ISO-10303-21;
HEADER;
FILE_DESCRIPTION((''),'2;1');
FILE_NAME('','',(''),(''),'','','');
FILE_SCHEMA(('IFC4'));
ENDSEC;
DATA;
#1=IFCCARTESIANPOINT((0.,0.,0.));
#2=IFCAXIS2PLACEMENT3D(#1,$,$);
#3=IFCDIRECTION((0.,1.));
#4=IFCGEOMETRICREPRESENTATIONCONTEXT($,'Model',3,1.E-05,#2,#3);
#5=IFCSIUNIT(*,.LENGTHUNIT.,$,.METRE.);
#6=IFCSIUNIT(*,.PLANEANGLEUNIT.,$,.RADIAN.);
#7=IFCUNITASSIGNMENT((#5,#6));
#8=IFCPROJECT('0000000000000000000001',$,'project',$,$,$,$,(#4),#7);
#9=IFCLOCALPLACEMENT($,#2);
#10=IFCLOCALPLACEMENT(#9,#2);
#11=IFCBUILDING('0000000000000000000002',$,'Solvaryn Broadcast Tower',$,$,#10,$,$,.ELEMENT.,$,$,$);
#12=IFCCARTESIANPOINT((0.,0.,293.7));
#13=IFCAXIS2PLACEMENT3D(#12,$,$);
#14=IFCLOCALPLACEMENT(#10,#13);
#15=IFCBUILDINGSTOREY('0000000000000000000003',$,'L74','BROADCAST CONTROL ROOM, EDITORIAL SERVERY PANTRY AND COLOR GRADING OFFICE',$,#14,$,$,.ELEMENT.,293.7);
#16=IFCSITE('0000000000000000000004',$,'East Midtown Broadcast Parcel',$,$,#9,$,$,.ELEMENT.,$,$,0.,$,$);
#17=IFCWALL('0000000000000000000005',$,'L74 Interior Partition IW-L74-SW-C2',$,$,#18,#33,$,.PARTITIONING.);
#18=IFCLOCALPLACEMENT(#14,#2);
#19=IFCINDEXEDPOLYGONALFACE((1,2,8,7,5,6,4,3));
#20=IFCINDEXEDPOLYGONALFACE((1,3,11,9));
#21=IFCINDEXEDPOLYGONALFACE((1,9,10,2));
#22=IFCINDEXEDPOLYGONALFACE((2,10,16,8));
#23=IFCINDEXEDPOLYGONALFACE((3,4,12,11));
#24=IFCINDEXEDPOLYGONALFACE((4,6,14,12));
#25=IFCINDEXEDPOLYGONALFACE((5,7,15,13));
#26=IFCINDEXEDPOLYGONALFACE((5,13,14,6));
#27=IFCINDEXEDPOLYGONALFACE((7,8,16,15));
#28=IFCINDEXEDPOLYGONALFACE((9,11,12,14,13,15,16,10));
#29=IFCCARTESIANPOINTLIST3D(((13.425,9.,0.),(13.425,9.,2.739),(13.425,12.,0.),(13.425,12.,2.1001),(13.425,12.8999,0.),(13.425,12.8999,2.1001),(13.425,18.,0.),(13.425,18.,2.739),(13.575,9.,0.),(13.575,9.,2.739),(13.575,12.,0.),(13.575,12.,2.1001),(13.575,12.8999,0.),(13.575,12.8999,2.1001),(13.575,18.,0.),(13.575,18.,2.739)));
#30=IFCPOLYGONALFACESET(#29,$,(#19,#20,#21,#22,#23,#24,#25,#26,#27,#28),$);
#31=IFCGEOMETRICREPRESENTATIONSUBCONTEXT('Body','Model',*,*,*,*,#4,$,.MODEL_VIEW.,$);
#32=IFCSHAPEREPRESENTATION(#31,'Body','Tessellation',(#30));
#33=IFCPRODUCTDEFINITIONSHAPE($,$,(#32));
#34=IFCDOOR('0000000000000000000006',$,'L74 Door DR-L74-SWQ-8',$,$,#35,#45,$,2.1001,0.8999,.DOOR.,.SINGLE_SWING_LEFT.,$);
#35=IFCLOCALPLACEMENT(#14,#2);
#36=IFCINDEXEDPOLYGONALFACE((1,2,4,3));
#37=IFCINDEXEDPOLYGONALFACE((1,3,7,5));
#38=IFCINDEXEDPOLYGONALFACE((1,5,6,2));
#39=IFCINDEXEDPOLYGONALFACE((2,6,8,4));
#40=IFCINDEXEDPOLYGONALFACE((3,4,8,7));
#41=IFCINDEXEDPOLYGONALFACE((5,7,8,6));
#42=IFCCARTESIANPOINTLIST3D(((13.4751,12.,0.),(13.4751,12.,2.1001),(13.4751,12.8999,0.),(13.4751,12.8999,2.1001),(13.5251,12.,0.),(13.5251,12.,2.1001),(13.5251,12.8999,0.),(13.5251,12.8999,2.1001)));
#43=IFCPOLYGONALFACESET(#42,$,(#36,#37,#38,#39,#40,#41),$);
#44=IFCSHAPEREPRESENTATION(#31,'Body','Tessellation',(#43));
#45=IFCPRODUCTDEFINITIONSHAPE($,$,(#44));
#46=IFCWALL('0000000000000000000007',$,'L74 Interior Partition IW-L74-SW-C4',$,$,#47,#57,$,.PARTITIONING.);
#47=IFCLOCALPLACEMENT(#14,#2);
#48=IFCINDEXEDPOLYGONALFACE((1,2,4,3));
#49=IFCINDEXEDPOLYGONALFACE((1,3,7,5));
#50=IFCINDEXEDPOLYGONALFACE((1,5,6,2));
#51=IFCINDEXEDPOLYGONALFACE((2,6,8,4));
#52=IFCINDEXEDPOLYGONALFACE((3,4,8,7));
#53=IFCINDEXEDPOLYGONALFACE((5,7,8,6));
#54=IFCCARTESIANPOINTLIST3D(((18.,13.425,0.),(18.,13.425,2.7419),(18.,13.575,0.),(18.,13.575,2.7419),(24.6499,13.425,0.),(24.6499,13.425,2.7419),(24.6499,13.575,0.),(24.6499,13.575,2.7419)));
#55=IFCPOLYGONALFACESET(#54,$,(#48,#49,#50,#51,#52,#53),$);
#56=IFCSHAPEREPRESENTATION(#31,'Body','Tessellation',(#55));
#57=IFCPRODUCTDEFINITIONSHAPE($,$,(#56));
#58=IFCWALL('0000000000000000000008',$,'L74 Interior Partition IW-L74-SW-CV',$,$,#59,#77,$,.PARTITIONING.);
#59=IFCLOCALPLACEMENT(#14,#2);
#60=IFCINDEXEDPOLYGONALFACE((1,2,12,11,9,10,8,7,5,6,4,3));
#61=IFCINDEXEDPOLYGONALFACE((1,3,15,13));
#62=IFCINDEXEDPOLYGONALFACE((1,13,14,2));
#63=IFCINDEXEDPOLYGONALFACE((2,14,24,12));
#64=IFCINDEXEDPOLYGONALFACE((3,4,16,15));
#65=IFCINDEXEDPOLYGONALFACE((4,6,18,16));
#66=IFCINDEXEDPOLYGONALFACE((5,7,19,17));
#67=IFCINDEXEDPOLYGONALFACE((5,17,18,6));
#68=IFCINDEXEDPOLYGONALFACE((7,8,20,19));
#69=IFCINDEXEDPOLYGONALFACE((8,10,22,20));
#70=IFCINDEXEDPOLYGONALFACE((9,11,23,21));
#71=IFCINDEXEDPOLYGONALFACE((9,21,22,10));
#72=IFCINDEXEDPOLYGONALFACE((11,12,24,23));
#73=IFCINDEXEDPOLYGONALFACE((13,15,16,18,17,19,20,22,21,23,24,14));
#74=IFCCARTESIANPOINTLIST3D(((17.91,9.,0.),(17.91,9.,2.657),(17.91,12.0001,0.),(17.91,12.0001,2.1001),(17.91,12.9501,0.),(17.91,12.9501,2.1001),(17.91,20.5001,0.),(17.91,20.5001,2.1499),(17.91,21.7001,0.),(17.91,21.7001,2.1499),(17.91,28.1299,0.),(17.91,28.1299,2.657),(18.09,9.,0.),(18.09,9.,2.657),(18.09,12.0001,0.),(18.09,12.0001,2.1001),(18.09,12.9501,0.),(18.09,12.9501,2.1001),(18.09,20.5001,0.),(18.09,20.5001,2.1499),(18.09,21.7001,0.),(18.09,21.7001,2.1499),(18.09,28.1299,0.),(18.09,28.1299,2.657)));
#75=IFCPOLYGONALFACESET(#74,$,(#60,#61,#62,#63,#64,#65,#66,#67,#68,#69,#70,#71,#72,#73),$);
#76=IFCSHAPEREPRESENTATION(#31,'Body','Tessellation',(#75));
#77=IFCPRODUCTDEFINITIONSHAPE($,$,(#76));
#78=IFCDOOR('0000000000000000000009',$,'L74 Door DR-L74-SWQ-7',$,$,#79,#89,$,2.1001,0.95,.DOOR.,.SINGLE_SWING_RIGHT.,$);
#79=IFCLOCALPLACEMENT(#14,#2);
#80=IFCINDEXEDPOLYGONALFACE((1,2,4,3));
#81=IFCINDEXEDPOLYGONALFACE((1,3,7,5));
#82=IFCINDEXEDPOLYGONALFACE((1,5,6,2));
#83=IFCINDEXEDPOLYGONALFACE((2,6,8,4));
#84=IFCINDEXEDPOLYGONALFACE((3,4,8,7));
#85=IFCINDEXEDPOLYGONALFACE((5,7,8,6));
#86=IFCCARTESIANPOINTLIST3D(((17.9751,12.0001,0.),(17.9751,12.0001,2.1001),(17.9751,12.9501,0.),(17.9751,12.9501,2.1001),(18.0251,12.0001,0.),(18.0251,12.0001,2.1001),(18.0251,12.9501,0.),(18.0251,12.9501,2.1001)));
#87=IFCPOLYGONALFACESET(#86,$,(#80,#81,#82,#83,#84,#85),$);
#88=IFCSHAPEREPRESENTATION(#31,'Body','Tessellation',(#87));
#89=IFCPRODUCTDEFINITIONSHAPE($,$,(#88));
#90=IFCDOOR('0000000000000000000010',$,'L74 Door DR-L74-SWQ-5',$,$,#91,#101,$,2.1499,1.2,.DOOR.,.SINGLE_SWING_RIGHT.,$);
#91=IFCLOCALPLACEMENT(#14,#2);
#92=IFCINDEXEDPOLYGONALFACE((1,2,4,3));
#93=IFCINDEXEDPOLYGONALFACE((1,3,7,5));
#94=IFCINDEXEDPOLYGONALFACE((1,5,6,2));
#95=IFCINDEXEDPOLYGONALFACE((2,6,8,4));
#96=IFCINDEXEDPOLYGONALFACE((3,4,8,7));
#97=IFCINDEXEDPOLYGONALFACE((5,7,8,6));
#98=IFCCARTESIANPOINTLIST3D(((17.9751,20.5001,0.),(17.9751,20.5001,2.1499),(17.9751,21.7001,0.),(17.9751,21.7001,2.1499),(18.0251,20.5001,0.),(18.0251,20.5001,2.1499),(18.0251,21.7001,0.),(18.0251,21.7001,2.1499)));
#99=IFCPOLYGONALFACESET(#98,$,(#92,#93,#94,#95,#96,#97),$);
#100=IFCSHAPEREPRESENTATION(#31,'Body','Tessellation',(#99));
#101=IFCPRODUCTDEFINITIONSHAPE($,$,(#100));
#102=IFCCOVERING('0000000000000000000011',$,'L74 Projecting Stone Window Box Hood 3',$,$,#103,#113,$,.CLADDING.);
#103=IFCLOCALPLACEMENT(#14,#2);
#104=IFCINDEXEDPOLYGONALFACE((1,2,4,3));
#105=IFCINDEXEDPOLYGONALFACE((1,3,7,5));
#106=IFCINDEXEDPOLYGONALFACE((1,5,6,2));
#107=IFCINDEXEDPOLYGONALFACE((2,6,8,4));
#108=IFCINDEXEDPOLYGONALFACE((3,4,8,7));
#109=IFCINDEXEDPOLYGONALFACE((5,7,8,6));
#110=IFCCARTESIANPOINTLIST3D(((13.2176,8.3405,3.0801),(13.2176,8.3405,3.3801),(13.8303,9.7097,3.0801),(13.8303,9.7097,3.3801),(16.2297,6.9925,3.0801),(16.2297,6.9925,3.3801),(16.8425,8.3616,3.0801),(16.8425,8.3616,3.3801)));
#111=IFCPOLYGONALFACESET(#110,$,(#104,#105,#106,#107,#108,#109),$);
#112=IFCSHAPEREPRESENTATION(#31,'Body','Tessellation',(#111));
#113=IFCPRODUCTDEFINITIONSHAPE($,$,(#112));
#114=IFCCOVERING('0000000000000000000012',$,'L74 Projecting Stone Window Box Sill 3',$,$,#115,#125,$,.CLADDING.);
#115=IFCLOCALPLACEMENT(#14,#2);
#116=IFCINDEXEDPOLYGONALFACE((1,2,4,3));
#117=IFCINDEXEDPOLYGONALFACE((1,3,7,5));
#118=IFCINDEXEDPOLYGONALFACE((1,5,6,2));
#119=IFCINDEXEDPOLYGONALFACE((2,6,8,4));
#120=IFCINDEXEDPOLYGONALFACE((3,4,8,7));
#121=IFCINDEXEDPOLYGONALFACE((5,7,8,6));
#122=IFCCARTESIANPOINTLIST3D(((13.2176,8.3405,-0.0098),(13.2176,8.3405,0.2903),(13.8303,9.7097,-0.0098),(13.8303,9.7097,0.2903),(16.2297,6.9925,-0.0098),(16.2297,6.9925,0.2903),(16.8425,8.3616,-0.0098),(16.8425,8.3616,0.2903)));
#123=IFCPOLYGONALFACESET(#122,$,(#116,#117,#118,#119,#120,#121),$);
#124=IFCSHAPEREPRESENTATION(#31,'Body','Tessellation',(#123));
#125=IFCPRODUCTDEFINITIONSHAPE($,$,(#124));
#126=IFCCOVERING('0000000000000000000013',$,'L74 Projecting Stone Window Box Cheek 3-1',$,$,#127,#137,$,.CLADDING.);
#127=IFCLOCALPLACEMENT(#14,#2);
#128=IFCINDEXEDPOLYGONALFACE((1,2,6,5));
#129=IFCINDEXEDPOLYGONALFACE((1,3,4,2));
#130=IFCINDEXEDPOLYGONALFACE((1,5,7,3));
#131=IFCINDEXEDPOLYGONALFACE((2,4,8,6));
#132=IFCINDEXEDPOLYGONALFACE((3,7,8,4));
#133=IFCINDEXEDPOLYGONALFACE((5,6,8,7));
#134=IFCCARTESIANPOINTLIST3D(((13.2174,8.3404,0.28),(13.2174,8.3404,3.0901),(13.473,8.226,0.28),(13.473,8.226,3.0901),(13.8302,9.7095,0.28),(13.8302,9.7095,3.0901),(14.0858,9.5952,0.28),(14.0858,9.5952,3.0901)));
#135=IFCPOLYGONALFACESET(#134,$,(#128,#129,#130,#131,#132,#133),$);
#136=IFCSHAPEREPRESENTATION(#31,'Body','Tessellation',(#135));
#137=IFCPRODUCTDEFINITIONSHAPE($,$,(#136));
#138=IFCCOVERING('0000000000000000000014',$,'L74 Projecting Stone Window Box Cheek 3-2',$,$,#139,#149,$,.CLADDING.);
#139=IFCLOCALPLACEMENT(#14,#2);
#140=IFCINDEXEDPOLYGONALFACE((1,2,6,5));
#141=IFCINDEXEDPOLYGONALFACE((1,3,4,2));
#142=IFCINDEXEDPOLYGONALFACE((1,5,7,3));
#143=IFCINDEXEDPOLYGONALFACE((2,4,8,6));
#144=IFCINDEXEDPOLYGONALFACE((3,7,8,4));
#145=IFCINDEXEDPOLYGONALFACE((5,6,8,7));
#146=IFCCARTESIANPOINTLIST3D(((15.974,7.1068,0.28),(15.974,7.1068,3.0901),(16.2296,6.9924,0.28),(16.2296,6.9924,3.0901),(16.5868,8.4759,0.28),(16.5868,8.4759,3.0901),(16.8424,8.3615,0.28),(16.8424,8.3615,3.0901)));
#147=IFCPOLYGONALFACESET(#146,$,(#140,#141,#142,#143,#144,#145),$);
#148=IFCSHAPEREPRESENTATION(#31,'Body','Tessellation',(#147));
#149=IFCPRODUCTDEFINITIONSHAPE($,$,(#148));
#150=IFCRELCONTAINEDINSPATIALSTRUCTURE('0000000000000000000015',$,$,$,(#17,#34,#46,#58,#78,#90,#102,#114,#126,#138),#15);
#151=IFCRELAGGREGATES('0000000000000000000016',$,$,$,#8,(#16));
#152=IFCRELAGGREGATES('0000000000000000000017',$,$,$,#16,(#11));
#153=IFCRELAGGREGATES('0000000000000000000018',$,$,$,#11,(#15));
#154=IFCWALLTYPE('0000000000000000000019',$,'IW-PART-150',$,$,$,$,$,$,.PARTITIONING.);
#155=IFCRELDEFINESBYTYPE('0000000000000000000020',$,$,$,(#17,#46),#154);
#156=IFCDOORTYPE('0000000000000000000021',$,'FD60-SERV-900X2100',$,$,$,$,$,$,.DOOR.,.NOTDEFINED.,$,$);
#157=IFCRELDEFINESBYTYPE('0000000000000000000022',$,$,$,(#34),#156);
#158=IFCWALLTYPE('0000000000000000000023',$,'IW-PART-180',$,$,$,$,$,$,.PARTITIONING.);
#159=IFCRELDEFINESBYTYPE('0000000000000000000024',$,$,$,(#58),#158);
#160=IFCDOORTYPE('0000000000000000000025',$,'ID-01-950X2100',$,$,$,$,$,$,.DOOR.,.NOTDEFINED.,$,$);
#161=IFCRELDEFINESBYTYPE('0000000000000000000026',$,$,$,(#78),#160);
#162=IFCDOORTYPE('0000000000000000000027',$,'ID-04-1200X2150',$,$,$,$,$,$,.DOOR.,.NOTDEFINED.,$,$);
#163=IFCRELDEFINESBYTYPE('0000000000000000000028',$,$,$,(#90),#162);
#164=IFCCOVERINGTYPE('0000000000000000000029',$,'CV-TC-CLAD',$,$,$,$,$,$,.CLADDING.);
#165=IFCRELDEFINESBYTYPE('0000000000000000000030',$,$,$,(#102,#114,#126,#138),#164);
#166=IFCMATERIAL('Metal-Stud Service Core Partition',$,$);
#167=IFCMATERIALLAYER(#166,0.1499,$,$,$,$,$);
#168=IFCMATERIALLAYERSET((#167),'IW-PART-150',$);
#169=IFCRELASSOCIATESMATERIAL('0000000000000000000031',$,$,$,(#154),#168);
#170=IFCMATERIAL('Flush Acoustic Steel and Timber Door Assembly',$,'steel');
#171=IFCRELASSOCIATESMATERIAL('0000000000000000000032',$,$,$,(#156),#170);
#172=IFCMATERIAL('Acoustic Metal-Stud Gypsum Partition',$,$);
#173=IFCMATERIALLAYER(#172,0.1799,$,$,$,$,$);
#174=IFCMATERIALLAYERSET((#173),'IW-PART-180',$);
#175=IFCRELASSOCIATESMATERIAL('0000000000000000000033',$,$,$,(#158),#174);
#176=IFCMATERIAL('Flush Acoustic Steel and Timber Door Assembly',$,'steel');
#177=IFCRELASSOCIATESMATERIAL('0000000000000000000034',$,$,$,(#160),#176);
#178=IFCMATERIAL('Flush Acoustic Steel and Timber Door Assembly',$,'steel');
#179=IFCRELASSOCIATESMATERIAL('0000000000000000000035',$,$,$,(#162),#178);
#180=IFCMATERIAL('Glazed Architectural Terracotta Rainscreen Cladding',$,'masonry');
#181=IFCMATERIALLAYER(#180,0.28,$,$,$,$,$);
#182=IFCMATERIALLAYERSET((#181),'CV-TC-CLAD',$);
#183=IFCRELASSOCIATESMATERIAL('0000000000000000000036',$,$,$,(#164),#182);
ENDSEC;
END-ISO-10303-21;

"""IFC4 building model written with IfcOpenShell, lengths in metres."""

from ifc_helpers import new_model, si_unit, direction, frame, frame_2d, origin, origin_2d, place, context, subcontext, project, spatial, rectangle, extrude, material, layer, layer_set, type_object, element, fill, save


model = new_model("IFC4")

# Units and contexts
model_context = context("Model", 3, precision=1e-05, world=origin(), true_north=direction((0.0, 1.0)))
body_context = subcontext(model_context, "Body", "Model", "MODEL_VIEW")
ifc_project = project(units=[si_unit("LENGTHUNIT", "METRE"), si_unit("PLANEANGLEUNIT", "RADIAN")], contexts=[model_context])

# Site, building, storey
site_placement = place(None, origin())
site = spatial("IfcSite", under=ifc_project, at=site_placement, Name="East Midtown Broadcast Parcel", CompositionType="ELEMENT", RefElevation=0.0)
building_placement = place(site_placement, origin())
building = spatial("IfcBuilding", under=site, at=building_placement, Name="Solvaryn Broadcast Tower", CompositionType="ELEMENT")
storey_placement = place(building_placement, frame((0.0, 0.0, 293.7)))
storey = spatial("IfcBuildingStorey", under=building, at=storey_placement, Name="L74", Description="BROADCAST CONTROL ROOM, EDITORIAL SERVERY PANTRY AND COLOR GRADING OFFICE", CompositionType="ELEMENT", Elevation=293.7)

# Wall, opening, door
ifc_material_1 = material(Name="Metal-Stud Service Core Partition")
ifc_layer_1 = layer(ifc_material_1, 0.1499)
ifc_layer_set_1 = layer_set([ifc_layer_1], Name="IW-PART-150")
wall_type_1 = type_object("IfcWallType", Name="IW-PART-150", PredefinedType="PARTITIONING", material=ifc_layer_set_1)
wall_1_placement = place(storey_placement, frame((13.5, 9.0, 0.0), z_axis=(0.0, 0.0, 1.0), x_axis=(0.0, 1.0, 0.0)))
wall_1 = element("IfcWall", 1, at=wall_1_placement, inside=storey, type_object=wall_type_1, Name="L74 Interior Partition IW-L74-SW-C2", PredefinedType="PARTITIONING", context=body_context, shape_type="SweptSolid", body=[
    extrude(rectangle(XDim=9.0, YDim=0.1499, at=frame_2d((4.5, 0.0))), origin(), (0.0, 0.0, 1.0), 2.739),
])
opening_1_placement = place(wall_1_placement, frame((3.0, 0.0, 0.0)))
opening_1 = element("IfcOpeningElement", 2, at=opening_1_placement, cuts=wall_1, PredefinedType="OPENING", context=body_context, shape_type="SweptSolid", body=[
    extrude(rectangle(XDim=0.8999, YDim=2.1001, at=frame_2d((0.45, 1.05))), frame((0.0, 0.085, 0.0), z_axis=(0.0, -1.0, 0.0), x_axis=(1.0, 0.0, 0.0)), (0.0, 0.0, 1.0), 0.1699),
])
ifc_material_2 = material(Name="Flush Acoustic Steel and Timber Door Assembly", Category="steel")
door_type_1 = type_object("IfcDoorType", Name="FD60-SERV-900X2100", OperationType="NOTDEFINED", PredefinedType="DOOR", material=ifc_material_2)
door_1_placement = place(opening_1_placement, origin())
door_1 = element("IfcDoor", 3, at=door_1_placement, inside=storey, type_object=door_type_1, Name="L74 Door DR-L74-SWQ-8", OperationType="SINGLE_SWING_LEFT", OverallHeight=2.1001, OverallWidth=0.8999, PredefinedType="DOOR", context=body_context, shape_type="SweptSolid", body=[
    extrude(rectangle(XDim=0.8999, YDim=2.1001, at=frame_2d((0.45, 1.05))), frame((0.0, 0.0249, 0.0), z_axis=(0.0, -1.0, 0.0), x_axis=(1.0, 0.0, 0.0)), (0.0, 0.0, 1.0), 0.05),
])
fill(opening_1, door_1)

# Wall
wall_2_placement = place(storey_placement, frame((18.0, 13.5, 0.0), z_axis=(0.0, 0.0, 1.0), x_axis=(1.0, 0.0, 0.0)))
element("IfcWall", 4, at=wall_2_placement, inside=storey, type_object=wall_type_1, Name="L74 Interior Partition IW-L74-SW-C4", PredefinedType="PARTITIONING", context=body_context, shape_type="SweptSolid", body=[
    extrude(rectangle(XDim=6.6499, YDim=0.1499, at=frame_2d((3.325, 0.0))), origin(), (0.0, 0.0, 1.0), 2.7419),
])

# Wall, openings, doors
ifc_material_3 = material(Name="Acoustic Metal-Stud Gypsum Partition")
ifc_layer_2 = layer(ifc_material_3, 0.1799)
ifc_layer_set_2 = layer_set([ifc_layer_2], Name="IW-PART-180")
wall_type_2 = type_object("IfcWallType", Name="IW-PART-180", PredefinedType="PARTITIONING", material=ifc_layer_set_2)
wall_3_placement = place(storey_placement, frame((18.0, 9.0, 0.0), z_axis=(0.0, 0.0, 1.0), x_axis=(0.0, 1.0, 0.0)))
wall_3 = element("IfcWall", 5, at=wall_3_placement, inside=storey, type_object=wall_type_2, Name="L74 Interior Partition IW-L74-SW-CV", PredefinedType="PARTITIONING", context=body_context, shape_type="SweptSolid", body=[
    extrude(rectangle(XDim=19.1299, YDim=0.1799, at=frame_2d((9.5649, 0.0))), origin(), (0.0, 0.0, 1.0), 2.657),
])
opening_2_placement = place(wall_3_placement, frame((11.5, 0.0, 0.0)))
opening_2 = element("IfcOpeningElement", 6, at=opening_2_placement, cuts=wall_3, PredefinedType="OPENING", context=body_context, shape_type="SweptSolid", body=[
    extrude(rectangle(XDim=1.2, YDim=2.1499, at=frame_2d((0.6001, 1.075))), frame((0.0, 0.0999, 0.0), z_axis=(0.0, -1.0, 0.0), x_axis=(1.0, 0.0, 0.0)), (0.0, 0.0, 1.0), 0.2),
])
opening_3_placement = place(wall_3_placement, frame((3.0, 0.0, 0.0)))
opening_3 = element("IfcOpeningElement", 7, at=opening_3_placement, cuts=wall_3, PredefinedType="OPENING", context=body_context, shape_type="SweptSolid", body=[
    extrude(rectangle(XDim=0.95, YDim=2.1001, at=frame_2d((0.4751, 1.05))), frame((0.0, 0.0999, 0.0), z_axis=(0.0, -1.0, 0.0), x_axis=(1.0, 0.0, 0.0)), (0.0, 0.0, 1.0), 0.2),
])
ifc_material_4 = material(Name="Flush Acoustic Steel and Timber Door Assembly", Category="steel")
door_type_2 = type_object("IfcDoorType", Name="ID-01-950X2100", OperationType="NOTDEFINED", PredefinedType="DOOR", material=ifc_material_4)
door_2_placement = place(opening_3_placement, origin())
door_2 = element("IfcDoor", 8, at=door_2_placement, inside=storey, type_object=door_type_2, Name="L74 Door DR-L74-SWQ-7", OperationType="SINGLE_SWING_RIGHT", OverallHeight=2.1001, OverallWidth=0.95, PredefinedType="DOOR", context=body_context, shape_type="SweptSolid", body=[
    extrude(rectangle(XDim=0.95, YDim=2.1001, at=frame_2d((0.4751, 1.05))), frame((0.0, 0.0249, 0.0), z_axis=(0.0, -1.0, 0.0), x_axis=(1.0, 0.0, 0.0)), (0.0, 0.0, 1.0), 0.05),
])
fill(opening_3, door_2)
ifc_material_5 = material(Name="Flush Acoustic Steel and Timber Door Assembly", Category="steel")
door_type_3 = type_object("IfcDoorType", Name="ID-04-1200X2150", OperationType="NOTDEFINED", PredefinedType="DOOR", material=ifc_material_5)
door_3_placement = place(opening_2_placement, origin())
door_3 = element("IfcDoor", 9, at=door_3_placement, inside=storey, type_object=door_type_3, Name="L74 Door DR-L74-SWQ-5", OperationType="SINGLE_SWING_RIGHT", OverallHeight=2.1499, OverallWidth=1.2, PredefinedType="DOOR", context=body_context, shape_type="SweptSolid", body=[
    extrude(rectangle(XDim=1.2, YDim=2.1499, at=frame_2d((0.6001, 1.075))), frame((0.0, 0.0249, 0.0), z_axis=(0.0, -1.0, 0.0), x_axis=(1.0, 0.0, 0.0)), (0.0, 0.0, 1.0), 0.05),
])
fill(opening_2, door_3)

# Coverings
ifc_material_6 = material(Name="Glazed Architectural Terracotta Rainscreen Cladding", Category="masonry")
ifc_layer_3 = layer(ifc_material_6, 0.28)
ifc_layer_set_3 = layer_set([ifc_layer_3], Name="CV-TC-CLAD")
covering_type = type_object("IfcCoveringType", Name="CV-TC-CLAD", PredefinedType="CLADDING", material=ifc_layer_set_3)
for number, where, z_axis, x_axis, name in (
    (10, (15.03, 8.3511, 3.0801), (0.0, 0.0, 1.0), (0.912763, -0.40849, 0.0), "L74 Projecting Stone Window Box Hood 3"),
    (11, (15.03, 8.3511, -0.0098), (0.0, 0.0, 1.0), (0.912763, -0.40849, 0.0), "L74 Projecting Stone Window Box Sill 3"),
):
    element("IfcCovering", number, at=place(storey_placement, frame(where, z_axis=z_axis, x_axis=x_axis)), inside=storey, type_object=covering_type, Name=name, PredefinedType="CLADDING", context=body_context, shape_type="SweptSolid", body=[
        extrude(rectangle(XDim=3.3, YDim=1.5, at=origin_2d()), origin(), (0.0, 0.0, 1.0), 0.3),
    ])
for number, where, z_axis, x_axis, name in (
    (12, (13.6516, 8.9678, 0.28), (0.0, 0.0, 1.0), (0.912763, -0.40849, 0.0), "L74 Projecting Stone Window Box Cheek 3-1"),
    (13, (16.4082, 7.7341, 0.28), (0.0, 0.0, 1.0), (0.912763, -0.40849, 0.0), "L74 Projecting Stone Window Box Cheek 3-2"),
):
    element("IfcCovering", number, at=place(storey_placement, frame(where, z_axis=z_axis, x_axis=x_axis)), inside=storey, type_object=covering_type, Name=name, PredefinedType="CLADDING", context=body_context, shape_type="SweptSolid", body=[
        extrude(rectangle(XDim=0.28, YDim=1.5, at=origin_2d()), origin(), (0.0, 0.0, 1.0), 2.8101),
    ])

save(model, "model.ifc")
